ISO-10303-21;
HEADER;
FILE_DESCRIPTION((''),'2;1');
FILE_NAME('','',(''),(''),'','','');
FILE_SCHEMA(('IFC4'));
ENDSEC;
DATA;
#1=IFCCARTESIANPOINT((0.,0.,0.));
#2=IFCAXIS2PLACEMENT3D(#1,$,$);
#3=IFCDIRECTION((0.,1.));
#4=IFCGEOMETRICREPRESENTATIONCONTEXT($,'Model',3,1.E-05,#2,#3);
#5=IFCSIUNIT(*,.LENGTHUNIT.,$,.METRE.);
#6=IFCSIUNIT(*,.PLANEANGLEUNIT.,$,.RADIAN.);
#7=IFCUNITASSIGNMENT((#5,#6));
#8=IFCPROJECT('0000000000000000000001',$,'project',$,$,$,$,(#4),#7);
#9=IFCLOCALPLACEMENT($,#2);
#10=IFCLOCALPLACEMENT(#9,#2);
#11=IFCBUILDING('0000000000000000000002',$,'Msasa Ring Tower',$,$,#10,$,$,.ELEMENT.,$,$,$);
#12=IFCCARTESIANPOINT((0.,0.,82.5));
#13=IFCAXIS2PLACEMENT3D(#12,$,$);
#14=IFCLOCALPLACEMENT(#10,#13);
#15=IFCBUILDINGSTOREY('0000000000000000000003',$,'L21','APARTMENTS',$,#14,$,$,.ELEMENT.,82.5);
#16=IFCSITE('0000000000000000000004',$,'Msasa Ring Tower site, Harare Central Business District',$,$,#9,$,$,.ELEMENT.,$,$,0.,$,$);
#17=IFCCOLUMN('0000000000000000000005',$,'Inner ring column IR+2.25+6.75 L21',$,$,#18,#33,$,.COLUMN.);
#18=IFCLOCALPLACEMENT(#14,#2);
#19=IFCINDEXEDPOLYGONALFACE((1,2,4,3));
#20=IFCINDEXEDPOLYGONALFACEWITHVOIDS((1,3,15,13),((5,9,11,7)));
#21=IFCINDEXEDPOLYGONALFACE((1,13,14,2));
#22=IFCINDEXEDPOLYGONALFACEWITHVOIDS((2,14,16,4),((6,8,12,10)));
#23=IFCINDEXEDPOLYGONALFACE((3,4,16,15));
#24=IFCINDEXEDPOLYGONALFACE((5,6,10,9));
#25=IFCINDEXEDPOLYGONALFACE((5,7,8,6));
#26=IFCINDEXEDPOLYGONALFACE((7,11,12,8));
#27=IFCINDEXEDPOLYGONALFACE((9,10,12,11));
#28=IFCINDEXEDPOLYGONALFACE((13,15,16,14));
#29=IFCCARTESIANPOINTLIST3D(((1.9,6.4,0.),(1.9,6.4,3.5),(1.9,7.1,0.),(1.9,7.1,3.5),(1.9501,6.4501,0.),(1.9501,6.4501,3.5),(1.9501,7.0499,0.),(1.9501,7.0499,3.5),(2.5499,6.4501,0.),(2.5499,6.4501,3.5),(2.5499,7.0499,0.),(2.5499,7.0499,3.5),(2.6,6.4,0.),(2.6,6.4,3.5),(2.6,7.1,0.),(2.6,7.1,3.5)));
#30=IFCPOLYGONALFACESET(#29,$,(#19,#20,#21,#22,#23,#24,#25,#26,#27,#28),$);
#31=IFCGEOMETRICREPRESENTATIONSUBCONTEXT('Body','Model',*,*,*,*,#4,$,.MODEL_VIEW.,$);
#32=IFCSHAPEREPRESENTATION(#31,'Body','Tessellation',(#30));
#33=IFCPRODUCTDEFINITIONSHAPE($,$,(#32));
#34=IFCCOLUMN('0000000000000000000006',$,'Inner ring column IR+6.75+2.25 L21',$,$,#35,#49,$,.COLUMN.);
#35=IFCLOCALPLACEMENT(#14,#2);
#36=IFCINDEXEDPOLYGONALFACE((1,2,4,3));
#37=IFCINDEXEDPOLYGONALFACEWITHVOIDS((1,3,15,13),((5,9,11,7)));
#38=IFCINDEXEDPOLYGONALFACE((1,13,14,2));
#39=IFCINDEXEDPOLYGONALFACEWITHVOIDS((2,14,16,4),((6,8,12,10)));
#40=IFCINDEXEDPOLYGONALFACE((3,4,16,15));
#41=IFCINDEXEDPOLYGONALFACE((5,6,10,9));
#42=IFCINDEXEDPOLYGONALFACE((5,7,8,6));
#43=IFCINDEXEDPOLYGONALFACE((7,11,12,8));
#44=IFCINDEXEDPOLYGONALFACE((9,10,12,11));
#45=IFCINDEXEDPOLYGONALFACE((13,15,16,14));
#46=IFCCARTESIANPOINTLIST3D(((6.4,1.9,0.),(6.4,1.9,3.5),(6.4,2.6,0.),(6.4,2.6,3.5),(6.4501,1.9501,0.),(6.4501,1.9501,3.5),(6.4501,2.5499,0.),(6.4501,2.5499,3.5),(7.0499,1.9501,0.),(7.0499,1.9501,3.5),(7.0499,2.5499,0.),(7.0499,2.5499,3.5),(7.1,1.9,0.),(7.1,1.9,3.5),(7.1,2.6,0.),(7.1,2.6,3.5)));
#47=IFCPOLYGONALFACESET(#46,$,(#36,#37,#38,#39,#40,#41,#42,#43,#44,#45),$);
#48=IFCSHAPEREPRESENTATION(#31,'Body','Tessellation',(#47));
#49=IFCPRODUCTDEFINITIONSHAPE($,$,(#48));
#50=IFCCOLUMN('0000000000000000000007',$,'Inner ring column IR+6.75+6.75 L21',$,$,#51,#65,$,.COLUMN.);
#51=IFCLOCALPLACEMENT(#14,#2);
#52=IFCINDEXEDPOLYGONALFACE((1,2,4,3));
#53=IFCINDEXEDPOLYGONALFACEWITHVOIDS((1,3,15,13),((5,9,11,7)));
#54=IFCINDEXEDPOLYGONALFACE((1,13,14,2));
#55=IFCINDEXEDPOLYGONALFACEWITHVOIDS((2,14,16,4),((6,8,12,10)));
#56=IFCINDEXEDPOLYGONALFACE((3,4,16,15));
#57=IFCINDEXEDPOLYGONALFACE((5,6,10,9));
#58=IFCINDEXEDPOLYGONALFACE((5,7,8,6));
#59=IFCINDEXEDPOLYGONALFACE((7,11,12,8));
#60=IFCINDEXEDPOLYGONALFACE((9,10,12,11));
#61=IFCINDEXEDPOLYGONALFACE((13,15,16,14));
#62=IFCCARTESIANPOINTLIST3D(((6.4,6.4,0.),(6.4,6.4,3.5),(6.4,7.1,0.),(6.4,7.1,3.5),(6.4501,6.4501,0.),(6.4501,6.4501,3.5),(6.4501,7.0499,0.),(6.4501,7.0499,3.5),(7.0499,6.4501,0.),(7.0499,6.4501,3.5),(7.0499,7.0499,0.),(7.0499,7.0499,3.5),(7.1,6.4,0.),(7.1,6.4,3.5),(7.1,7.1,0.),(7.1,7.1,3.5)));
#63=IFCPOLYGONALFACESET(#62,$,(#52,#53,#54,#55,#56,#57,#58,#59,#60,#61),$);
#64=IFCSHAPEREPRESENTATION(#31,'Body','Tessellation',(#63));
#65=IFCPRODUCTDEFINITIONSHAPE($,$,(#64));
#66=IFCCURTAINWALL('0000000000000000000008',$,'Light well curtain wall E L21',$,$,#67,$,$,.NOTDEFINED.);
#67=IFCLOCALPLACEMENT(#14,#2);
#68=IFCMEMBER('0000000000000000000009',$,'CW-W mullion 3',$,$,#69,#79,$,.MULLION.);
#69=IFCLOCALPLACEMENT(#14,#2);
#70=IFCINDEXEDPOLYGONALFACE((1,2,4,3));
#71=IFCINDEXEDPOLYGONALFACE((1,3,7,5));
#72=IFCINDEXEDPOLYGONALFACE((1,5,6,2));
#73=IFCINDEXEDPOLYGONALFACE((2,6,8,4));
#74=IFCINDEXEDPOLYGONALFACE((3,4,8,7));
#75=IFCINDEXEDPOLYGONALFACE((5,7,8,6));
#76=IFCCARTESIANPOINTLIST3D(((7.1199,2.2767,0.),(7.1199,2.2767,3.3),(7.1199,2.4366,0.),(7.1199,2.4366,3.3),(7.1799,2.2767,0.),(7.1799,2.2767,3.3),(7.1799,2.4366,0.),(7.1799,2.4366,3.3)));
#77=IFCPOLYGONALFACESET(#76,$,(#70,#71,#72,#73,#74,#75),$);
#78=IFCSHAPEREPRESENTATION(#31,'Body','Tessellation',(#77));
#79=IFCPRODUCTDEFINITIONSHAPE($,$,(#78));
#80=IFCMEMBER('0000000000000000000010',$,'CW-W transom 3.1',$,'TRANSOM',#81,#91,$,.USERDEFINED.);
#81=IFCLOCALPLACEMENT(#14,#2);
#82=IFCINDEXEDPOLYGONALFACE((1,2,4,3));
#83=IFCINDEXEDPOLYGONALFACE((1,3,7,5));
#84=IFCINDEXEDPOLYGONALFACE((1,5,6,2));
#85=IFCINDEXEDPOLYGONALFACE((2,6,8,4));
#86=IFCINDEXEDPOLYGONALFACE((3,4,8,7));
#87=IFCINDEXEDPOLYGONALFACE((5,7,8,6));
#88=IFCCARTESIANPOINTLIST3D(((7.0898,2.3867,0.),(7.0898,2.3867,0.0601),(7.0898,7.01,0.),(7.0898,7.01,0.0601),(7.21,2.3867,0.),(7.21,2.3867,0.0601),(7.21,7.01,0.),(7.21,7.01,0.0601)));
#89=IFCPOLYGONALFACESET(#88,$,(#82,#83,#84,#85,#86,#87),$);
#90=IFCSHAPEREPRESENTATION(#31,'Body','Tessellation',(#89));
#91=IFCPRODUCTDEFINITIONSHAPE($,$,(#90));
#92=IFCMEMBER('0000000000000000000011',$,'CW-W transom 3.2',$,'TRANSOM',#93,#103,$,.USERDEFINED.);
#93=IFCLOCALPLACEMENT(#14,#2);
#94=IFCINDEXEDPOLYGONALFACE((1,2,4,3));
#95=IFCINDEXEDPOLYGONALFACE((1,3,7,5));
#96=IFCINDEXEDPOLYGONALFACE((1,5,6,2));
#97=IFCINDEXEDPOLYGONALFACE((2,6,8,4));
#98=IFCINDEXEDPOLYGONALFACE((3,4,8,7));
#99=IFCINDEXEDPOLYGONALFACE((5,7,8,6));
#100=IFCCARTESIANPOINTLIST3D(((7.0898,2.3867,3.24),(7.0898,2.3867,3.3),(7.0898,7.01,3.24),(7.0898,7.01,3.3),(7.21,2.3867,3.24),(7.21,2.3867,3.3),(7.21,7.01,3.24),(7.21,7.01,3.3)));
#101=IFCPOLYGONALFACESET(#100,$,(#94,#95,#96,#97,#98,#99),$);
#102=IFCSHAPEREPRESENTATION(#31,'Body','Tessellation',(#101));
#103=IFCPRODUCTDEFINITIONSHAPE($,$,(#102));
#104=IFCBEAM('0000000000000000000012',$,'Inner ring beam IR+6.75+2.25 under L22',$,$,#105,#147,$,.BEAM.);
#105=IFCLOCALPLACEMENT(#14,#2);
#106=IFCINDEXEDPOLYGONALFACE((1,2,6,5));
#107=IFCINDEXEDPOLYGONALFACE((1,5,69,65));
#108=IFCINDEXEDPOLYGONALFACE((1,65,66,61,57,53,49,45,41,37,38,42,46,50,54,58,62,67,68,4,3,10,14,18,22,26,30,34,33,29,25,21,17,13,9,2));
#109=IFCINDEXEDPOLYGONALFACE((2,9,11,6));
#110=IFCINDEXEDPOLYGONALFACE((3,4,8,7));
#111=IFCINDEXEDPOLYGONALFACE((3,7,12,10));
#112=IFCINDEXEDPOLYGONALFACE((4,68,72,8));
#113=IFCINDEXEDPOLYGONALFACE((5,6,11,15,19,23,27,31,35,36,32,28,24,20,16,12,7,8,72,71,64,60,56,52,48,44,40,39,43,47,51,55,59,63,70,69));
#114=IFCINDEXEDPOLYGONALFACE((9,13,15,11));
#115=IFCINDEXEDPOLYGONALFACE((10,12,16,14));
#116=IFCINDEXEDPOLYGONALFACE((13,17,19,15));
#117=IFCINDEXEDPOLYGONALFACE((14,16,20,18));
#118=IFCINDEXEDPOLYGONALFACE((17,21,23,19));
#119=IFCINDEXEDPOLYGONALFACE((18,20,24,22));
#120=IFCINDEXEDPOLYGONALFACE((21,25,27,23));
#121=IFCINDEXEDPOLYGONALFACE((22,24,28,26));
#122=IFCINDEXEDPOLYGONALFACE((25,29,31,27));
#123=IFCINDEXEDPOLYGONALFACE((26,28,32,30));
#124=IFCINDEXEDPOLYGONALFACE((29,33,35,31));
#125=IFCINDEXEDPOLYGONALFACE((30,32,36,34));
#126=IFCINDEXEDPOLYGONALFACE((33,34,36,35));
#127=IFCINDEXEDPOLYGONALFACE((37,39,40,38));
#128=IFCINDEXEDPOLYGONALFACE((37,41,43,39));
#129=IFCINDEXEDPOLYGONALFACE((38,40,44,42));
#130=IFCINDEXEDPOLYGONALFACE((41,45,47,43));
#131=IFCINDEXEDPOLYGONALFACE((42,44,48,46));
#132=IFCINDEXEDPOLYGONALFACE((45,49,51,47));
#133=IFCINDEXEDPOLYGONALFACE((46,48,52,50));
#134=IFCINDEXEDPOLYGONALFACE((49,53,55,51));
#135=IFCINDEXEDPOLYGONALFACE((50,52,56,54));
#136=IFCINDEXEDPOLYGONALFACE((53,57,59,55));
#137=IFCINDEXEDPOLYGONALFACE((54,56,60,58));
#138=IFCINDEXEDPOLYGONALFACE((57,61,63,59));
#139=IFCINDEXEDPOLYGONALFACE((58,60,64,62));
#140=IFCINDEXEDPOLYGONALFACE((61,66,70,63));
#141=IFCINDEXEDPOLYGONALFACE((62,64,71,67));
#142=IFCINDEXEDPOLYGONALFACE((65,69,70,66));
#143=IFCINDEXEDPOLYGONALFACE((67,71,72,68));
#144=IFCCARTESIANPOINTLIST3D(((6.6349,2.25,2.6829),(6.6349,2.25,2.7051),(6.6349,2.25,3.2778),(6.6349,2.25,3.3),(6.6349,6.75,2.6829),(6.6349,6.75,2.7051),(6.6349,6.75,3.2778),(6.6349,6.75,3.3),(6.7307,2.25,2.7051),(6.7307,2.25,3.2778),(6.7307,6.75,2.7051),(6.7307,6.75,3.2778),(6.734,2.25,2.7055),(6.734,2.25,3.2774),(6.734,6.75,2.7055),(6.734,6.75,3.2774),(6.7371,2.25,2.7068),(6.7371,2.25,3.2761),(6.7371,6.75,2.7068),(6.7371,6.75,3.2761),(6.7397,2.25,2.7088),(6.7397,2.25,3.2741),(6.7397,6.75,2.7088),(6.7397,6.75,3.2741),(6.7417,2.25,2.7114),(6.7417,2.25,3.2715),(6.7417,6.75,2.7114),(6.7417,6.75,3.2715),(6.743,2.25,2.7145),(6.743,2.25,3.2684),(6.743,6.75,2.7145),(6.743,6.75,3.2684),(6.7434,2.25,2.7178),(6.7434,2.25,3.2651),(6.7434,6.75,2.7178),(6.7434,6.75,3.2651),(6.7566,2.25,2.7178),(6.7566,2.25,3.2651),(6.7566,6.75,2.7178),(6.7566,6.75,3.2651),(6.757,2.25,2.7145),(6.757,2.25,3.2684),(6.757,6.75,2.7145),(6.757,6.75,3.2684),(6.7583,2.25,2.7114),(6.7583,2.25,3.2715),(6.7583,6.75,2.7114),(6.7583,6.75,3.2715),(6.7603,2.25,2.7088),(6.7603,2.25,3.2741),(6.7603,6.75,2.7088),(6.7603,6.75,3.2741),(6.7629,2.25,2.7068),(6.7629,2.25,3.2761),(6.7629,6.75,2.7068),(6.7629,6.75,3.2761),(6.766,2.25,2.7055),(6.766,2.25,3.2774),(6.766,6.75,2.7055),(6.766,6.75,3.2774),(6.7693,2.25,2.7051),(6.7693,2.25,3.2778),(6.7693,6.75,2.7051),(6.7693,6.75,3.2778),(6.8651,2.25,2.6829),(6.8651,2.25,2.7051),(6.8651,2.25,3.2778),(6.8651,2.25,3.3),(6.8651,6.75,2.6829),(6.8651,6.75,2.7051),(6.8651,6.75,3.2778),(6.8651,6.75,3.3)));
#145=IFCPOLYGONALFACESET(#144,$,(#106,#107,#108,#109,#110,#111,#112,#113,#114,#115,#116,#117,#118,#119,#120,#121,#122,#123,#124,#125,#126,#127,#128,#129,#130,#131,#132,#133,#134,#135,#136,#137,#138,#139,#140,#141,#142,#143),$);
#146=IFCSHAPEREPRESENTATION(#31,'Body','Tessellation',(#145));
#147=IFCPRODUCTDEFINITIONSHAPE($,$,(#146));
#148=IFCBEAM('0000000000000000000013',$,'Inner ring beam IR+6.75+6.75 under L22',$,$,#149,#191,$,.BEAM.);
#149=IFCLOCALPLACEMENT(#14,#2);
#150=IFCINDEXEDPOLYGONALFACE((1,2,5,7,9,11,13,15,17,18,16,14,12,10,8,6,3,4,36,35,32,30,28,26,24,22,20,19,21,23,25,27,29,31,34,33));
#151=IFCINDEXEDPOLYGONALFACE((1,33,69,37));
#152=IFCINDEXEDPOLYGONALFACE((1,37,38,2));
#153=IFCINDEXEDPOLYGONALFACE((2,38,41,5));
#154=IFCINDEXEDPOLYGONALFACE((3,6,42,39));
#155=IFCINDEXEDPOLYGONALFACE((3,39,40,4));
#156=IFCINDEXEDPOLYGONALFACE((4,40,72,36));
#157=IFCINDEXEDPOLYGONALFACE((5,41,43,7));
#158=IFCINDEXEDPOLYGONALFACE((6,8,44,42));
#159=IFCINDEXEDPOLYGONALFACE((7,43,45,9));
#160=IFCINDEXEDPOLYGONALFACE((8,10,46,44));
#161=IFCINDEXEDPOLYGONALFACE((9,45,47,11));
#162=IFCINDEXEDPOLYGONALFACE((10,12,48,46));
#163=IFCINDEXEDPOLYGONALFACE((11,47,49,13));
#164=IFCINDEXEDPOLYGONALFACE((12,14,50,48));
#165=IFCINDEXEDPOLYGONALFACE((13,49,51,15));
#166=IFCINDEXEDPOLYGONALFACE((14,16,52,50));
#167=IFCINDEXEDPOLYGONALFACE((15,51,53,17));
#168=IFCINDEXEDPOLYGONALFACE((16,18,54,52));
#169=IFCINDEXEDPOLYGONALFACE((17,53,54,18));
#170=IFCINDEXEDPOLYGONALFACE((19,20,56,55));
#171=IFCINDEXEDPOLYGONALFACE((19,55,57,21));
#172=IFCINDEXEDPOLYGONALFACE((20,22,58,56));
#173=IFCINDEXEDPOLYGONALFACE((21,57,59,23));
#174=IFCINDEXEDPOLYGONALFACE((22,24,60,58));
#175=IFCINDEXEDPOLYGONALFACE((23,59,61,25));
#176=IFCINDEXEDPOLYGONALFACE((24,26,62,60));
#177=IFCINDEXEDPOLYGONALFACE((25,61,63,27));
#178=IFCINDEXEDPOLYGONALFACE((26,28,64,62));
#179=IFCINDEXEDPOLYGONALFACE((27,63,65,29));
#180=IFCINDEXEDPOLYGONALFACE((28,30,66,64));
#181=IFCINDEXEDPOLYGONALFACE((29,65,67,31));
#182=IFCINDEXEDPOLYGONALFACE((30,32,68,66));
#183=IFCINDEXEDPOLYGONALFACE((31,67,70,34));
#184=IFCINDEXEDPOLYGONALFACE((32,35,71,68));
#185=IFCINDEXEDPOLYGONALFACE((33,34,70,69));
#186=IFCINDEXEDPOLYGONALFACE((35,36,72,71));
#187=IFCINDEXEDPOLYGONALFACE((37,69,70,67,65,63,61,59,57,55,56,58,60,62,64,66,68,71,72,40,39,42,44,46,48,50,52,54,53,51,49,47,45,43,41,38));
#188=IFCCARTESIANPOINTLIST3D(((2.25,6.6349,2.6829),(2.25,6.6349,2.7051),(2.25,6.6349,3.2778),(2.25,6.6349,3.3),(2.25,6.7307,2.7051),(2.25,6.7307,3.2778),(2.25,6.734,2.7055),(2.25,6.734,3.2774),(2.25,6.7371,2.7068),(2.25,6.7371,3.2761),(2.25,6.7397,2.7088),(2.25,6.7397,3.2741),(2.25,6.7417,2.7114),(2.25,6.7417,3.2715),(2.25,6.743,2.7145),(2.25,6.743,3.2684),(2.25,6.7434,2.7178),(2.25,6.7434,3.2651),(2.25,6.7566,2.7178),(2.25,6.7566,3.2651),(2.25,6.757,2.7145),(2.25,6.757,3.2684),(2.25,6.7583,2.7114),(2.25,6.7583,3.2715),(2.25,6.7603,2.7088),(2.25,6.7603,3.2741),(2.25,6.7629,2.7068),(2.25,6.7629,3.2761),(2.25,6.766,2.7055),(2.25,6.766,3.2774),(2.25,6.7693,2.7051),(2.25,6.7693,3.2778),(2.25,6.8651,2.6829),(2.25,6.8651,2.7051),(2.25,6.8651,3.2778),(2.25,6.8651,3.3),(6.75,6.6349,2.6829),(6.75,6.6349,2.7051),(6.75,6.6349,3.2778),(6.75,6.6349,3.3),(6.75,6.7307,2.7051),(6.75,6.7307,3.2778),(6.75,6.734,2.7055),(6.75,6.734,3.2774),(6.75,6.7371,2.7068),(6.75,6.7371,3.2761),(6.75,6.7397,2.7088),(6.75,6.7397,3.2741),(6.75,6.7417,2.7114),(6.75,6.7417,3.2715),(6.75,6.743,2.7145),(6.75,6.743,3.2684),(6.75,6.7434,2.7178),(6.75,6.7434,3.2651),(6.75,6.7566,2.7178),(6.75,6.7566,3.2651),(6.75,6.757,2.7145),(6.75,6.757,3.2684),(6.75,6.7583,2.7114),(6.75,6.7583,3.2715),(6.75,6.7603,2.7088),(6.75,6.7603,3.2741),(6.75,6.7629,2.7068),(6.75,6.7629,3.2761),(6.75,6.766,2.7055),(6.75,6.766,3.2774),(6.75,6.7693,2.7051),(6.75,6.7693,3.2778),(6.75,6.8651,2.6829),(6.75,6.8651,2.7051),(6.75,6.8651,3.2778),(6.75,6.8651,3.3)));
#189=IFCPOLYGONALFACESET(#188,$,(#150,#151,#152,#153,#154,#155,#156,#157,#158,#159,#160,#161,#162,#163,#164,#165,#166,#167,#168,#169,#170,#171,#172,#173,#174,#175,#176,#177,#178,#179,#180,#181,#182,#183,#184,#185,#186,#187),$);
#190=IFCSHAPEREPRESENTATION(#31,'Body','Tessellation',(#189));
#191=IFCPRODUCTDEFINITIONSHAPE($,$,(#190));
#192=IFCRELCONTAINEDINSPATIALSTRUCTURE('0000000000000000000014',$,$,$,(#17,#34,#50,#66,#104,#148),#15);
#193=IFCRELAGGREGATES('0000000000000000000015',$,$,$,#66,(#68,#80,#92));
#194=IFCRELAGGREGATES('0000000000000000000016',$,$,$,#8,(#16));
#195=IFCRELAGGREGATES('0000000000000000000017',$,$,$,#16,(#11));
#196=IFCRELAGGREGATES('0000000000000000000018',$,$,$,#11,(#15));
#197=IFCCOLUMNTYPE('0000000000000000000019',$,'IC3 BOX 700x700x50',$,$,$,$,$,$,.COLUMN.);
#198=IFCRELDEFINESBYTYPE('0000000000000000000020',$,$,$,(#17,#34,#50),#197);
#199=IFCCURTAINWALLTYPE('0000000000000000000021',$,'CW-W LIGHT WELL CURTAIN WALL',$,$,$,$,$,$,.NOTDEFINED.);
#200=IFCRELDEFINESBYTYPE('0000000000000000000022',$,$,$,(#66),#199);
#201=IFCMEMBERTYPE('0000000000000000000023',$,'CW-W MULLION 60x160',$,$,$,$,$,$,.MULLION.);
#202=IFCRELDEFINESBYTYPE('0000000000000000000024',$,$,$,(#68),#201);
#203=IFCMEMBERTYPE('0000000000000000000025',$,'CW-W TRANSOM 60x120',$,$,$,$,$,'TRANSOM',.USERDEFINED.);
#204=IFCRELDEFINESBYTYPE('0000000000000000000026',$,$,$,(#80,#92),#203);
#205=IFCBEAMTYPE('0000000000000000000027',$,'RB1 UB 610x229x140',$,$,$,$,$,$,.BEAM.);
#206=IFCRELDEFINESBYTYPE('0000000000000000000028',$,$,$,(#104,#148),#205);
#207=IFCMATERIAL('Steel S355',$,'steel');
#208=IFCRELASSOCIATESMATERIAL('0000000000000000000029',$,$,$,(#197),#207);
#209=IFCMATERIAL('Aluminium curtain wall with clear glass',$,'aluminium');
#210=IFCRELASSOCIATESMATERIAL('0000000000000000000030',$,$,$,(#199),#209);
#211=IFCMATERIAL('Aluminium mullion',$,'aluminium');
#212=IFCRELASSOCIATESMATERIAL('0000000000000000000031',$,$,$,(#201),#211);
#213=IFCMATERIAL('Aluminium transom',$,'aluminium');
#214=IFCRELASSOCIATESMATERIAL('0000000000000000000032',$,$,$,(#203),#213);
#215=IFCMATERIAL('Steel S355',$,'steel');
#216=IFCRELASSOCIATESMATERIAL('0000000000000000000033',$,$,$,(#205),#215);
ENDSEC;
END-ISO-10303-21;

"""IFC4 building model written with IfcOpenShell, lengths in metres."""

from ifc_helpers import new_model, si_unit, direction, frame, origin, origin_2d, place, context, subcontext, project, spatial, rectangle, hollow_rectangle, i_section, extrude, material, material_profile, profile_set, type_object, element, aggregate, save


model = new_model("IFC4")

# Units and contexts
model_context = context("Model", 3, precision=1e-05, world=origin(), true_north=direction((0.0, 1.0)))
body_context = subcontext(model_context, "Body", "Model", "MODEL_VIEW")
ifc_project = project(units=[si_unit("LENGTHUNIT", "METRE"), si_unit("PLANEANGLEUNIT", "RADIAN")], contexts=[model_context])

# Site, building, storey
site_placement = place(None, origin())
site = spatial("IfcSite", under=ifc_project, at=site_placement, Name="Msasa Ring Tower site, Harare Central Business District", CompositionType="ELEMENT", RefElevation=0.0)
building_placement = place(site_placement, origin())
building = spatial("IfcBuilding", under=site, at=building_placement, Name="Msasa Ring Tower", CompositionType="ELEMENT")
storey_placement = place(building_placement, frame((0.0, 0.0, 82.5)))
storey = spatial("IfcBuildingStorey", under=building, at=storey_placement, Name="L21", Description="APARTMENTS", CompositionType="ELEMENT", Elevation=82.5)

# Columns
ifc_material_1 = material(Name="Steel S355", Category="steel")
ifc_material_profile_1 = material_profile(ifc_material_1, hollow_rectangle(XDim=0.7, YDim=0.7, WallThickness=0.05, at=origin_2d()), Name="BOX 700x700x50")
ifc_profile_set_1 = profile_set([ifc_material_profile_1], Name="Steel S355")
column_type = type_object("IfcColumnType", Name="IC3 BOX 700x700x50", PredefinedType="COLUMN", material=ifc_profile_set_1)
for number, where, z_axis, x_axis, name in (
    (1, (2.25, 6.75, 0.0), (0.0, 0.0, 1.0), (1.0, 0.0, 0.0), "Inner ring column IR+2.25+6.75 L21"),
    (2, (6.75, 2.25, 0.0), (0.0, 0.0, 1.0), (1.0, 0.0, 0.0), "Inner ring column IR+6.75+2.25 L21"),
    (3, (6.75, 6.75, 0.0), (0.0, 0.0, 1.0), (1.0, 0.0, 0.0), "Inner ring column IR+6.75+6.75 L21"),
):
    element("IfcColumn", number, at=place(storey_placement, frame(where, z_axis=z_axis, x_axis=x_axis)), inside=storey, type_object=column_type, Name=name, PredefinedType="COLUMN", context=body_context, shape_type="SweptSolid", body=[
        extrude(hollow_rectangle(XDim=0.7, YDim=0.7, WallThickness=0.05, at=origin_2d()), origin(), (0.0, 0.0, 1.0), 3.5),
    ])

# Curtain wall, members
ifc_material_2 = material(Name="Aluminium curtain wall with clear glass", Category="aluminium")
curtain_wall_type = type_object("IfcCurtainWallType", Name="CW-W LIGHT WELL CURTAIN WALL", PredefinedType="NOTDEFINED", material=ifc_material_2)
curtain_wall_placement = place(storey_placement, origin())
curtain_wall = element("IfcCurtainWall", 4, at=curtain_wall_placement, inside=storey, type_object=curtain_wall_type, Name="Light well curtain wall E L21", PredefinedType="NOTDEFINED")
ifc_material_3 = material(Name="Aluminium mullion", Category="aluminium")
ifc_material_profile_2 = material_profile(ifc_material_3, rectangle(XDim=0.0601, YDim=0.1599, at=origin_2d()), Name="AL 60x160")
ifc_profile_set_2 = profile_set([ifc_material_profile_2], Name="Aluminium mullion")
member_type_1 = type_object("IfcMemberType", Name="CW-W MULLION 60x160", PredefinedType="MULLION", material=ifc_profile_set_2)
member_1_placement = place(storey_placement, frame((7.1499, 2.3567, 0.0), z_axis=(0.0, 0.0, 1.0), x_axis=(-1.0, 0.0, 0.0)))
member_1 = element("IfcMember", 5, at=member_1_placement, type_object=member_type_1, Name="CW-W mullion 3", PredefinedType="MULLION", context=body_context, shape_type="SweptSolid", body=[
    extrude(rectangle(XDim=0.0601, YDim=0.1599, at=origin_2d()), origin(), (0.0, 0.0, 1.0), 3.3),
])
ifc_material_4 = material(Name="Aluminium transom", Category="aluminium")
ifc_material_profile_3 = material_profile(ifc_material_4, rectangle(XDim=0.1201, YDim=0.0601, at=origin_2d()), Name="AL 60x120")
ifc_profile_set_3 = profile_set([ifc_material_profile_3], Name="Aluminium transom")
member_type_2 = type_object("IfcMemberType", Name="CW-W TRANSOM 60x120", ElementType="TRANSOM", PredefinedType="USERDEFINED", material=ifc_profile_set_3)
member_2_placement = place(storey_placement, frame((7.1499, 2.3867, 0.03), z_axis=(0.0, 1.0, 0.0), x_axis=(-1.0, 0.0, 0.0)))
member_2 = element("IfcMember", 6, at=member_2_placement, type_object=member_type_2, Name="CW-W transom 3.1", ObjectType="TRANSOM", PredefinedType="USERDEFINED", context=body_context, shape_type="SweptSolid", body=[
    extrude(rectangle(XDim=0.1201, YDim=0.0601, at=origin_2d()), origin(), (0.0, 0.0, 1.0), 4.6233),
])
member_3_placement = place(storey_placement, frame((7.1499, 2.3867, 3.27), z_axis=(0.0, 1.0, 0.0), x_axis=(-1.0, 0.0, 0.0)))
member_3 = element("IfcMember", 7, at=member_3_placement, type_object=member_type_2, Name="CW-W transom 3.2", ObjectType="TRANSOM", PredefinedType="USERDEFINED", context=body_context, shape_type="SweptSolid", body=[
    extrude(rectangle(XDim=0.1201, YDim=0.0601, at=origin_2d()), origin(), (0.0, 0.0, 1.0), 4.6233),
])

# Beams
ifc_material_5 = material(Name="Steel S355", Category="steel")
ifc_material_profile_4 = material_profile(ifc_material_5, i_section(OverallWidth=0.2302, OverallDepth=0.6172, WebThickness=0.0132, FlangeThickness=0.0222, FilletRadius=0.0127, at=origin_2d()), Name="UB 610x229x140")
ifc_profile_set_4 = profile_set([ifc_material_profile_4], Name="Steel S355")
beam_type = type_object("IfcBeamType", Name="RB1 UB 610x229x140", PredefinedType="BEAM", material=ifc_profile_set_4)
for number, where, z_axis, x_axis, name in (
    (8, (6.75, 2.25, 2.9915), (0.0, 1.0, 0.0), (-1.0, 0.0, 0.0), "Inner ring beam IR+6.75+2.25 under L22"),
    (9, (6.75, 6.75, 2.9915), (-1.0, 0.0, 0.0), (0.0, -1.0, 0.0), "Inner ring beam IR+6.75+6.75 under L22"),
):
    element("IfcBeam", number, at=place(storey_placement, frame(where, z_axis=z_axis, x_axis=x_axis)), inside=storey, type_object=beam_type, Name=name, PredefinedType="BEAM", context=body_context, shape_type="SweptSolid", body=[
        extrude(i_section(OverallWidth=0.2302, OverallDepth=0.6172, WebThickness=0.0132, FlangeThickness=0.0222, FilletRadius=0.0127, at=origin_2d()), origin(), (0.0, 0.0, 1.0), 4.5),
    ])

aggregate(curtain_wall, [member_1, member_2, member_3])

save(model, "model.ifc")
